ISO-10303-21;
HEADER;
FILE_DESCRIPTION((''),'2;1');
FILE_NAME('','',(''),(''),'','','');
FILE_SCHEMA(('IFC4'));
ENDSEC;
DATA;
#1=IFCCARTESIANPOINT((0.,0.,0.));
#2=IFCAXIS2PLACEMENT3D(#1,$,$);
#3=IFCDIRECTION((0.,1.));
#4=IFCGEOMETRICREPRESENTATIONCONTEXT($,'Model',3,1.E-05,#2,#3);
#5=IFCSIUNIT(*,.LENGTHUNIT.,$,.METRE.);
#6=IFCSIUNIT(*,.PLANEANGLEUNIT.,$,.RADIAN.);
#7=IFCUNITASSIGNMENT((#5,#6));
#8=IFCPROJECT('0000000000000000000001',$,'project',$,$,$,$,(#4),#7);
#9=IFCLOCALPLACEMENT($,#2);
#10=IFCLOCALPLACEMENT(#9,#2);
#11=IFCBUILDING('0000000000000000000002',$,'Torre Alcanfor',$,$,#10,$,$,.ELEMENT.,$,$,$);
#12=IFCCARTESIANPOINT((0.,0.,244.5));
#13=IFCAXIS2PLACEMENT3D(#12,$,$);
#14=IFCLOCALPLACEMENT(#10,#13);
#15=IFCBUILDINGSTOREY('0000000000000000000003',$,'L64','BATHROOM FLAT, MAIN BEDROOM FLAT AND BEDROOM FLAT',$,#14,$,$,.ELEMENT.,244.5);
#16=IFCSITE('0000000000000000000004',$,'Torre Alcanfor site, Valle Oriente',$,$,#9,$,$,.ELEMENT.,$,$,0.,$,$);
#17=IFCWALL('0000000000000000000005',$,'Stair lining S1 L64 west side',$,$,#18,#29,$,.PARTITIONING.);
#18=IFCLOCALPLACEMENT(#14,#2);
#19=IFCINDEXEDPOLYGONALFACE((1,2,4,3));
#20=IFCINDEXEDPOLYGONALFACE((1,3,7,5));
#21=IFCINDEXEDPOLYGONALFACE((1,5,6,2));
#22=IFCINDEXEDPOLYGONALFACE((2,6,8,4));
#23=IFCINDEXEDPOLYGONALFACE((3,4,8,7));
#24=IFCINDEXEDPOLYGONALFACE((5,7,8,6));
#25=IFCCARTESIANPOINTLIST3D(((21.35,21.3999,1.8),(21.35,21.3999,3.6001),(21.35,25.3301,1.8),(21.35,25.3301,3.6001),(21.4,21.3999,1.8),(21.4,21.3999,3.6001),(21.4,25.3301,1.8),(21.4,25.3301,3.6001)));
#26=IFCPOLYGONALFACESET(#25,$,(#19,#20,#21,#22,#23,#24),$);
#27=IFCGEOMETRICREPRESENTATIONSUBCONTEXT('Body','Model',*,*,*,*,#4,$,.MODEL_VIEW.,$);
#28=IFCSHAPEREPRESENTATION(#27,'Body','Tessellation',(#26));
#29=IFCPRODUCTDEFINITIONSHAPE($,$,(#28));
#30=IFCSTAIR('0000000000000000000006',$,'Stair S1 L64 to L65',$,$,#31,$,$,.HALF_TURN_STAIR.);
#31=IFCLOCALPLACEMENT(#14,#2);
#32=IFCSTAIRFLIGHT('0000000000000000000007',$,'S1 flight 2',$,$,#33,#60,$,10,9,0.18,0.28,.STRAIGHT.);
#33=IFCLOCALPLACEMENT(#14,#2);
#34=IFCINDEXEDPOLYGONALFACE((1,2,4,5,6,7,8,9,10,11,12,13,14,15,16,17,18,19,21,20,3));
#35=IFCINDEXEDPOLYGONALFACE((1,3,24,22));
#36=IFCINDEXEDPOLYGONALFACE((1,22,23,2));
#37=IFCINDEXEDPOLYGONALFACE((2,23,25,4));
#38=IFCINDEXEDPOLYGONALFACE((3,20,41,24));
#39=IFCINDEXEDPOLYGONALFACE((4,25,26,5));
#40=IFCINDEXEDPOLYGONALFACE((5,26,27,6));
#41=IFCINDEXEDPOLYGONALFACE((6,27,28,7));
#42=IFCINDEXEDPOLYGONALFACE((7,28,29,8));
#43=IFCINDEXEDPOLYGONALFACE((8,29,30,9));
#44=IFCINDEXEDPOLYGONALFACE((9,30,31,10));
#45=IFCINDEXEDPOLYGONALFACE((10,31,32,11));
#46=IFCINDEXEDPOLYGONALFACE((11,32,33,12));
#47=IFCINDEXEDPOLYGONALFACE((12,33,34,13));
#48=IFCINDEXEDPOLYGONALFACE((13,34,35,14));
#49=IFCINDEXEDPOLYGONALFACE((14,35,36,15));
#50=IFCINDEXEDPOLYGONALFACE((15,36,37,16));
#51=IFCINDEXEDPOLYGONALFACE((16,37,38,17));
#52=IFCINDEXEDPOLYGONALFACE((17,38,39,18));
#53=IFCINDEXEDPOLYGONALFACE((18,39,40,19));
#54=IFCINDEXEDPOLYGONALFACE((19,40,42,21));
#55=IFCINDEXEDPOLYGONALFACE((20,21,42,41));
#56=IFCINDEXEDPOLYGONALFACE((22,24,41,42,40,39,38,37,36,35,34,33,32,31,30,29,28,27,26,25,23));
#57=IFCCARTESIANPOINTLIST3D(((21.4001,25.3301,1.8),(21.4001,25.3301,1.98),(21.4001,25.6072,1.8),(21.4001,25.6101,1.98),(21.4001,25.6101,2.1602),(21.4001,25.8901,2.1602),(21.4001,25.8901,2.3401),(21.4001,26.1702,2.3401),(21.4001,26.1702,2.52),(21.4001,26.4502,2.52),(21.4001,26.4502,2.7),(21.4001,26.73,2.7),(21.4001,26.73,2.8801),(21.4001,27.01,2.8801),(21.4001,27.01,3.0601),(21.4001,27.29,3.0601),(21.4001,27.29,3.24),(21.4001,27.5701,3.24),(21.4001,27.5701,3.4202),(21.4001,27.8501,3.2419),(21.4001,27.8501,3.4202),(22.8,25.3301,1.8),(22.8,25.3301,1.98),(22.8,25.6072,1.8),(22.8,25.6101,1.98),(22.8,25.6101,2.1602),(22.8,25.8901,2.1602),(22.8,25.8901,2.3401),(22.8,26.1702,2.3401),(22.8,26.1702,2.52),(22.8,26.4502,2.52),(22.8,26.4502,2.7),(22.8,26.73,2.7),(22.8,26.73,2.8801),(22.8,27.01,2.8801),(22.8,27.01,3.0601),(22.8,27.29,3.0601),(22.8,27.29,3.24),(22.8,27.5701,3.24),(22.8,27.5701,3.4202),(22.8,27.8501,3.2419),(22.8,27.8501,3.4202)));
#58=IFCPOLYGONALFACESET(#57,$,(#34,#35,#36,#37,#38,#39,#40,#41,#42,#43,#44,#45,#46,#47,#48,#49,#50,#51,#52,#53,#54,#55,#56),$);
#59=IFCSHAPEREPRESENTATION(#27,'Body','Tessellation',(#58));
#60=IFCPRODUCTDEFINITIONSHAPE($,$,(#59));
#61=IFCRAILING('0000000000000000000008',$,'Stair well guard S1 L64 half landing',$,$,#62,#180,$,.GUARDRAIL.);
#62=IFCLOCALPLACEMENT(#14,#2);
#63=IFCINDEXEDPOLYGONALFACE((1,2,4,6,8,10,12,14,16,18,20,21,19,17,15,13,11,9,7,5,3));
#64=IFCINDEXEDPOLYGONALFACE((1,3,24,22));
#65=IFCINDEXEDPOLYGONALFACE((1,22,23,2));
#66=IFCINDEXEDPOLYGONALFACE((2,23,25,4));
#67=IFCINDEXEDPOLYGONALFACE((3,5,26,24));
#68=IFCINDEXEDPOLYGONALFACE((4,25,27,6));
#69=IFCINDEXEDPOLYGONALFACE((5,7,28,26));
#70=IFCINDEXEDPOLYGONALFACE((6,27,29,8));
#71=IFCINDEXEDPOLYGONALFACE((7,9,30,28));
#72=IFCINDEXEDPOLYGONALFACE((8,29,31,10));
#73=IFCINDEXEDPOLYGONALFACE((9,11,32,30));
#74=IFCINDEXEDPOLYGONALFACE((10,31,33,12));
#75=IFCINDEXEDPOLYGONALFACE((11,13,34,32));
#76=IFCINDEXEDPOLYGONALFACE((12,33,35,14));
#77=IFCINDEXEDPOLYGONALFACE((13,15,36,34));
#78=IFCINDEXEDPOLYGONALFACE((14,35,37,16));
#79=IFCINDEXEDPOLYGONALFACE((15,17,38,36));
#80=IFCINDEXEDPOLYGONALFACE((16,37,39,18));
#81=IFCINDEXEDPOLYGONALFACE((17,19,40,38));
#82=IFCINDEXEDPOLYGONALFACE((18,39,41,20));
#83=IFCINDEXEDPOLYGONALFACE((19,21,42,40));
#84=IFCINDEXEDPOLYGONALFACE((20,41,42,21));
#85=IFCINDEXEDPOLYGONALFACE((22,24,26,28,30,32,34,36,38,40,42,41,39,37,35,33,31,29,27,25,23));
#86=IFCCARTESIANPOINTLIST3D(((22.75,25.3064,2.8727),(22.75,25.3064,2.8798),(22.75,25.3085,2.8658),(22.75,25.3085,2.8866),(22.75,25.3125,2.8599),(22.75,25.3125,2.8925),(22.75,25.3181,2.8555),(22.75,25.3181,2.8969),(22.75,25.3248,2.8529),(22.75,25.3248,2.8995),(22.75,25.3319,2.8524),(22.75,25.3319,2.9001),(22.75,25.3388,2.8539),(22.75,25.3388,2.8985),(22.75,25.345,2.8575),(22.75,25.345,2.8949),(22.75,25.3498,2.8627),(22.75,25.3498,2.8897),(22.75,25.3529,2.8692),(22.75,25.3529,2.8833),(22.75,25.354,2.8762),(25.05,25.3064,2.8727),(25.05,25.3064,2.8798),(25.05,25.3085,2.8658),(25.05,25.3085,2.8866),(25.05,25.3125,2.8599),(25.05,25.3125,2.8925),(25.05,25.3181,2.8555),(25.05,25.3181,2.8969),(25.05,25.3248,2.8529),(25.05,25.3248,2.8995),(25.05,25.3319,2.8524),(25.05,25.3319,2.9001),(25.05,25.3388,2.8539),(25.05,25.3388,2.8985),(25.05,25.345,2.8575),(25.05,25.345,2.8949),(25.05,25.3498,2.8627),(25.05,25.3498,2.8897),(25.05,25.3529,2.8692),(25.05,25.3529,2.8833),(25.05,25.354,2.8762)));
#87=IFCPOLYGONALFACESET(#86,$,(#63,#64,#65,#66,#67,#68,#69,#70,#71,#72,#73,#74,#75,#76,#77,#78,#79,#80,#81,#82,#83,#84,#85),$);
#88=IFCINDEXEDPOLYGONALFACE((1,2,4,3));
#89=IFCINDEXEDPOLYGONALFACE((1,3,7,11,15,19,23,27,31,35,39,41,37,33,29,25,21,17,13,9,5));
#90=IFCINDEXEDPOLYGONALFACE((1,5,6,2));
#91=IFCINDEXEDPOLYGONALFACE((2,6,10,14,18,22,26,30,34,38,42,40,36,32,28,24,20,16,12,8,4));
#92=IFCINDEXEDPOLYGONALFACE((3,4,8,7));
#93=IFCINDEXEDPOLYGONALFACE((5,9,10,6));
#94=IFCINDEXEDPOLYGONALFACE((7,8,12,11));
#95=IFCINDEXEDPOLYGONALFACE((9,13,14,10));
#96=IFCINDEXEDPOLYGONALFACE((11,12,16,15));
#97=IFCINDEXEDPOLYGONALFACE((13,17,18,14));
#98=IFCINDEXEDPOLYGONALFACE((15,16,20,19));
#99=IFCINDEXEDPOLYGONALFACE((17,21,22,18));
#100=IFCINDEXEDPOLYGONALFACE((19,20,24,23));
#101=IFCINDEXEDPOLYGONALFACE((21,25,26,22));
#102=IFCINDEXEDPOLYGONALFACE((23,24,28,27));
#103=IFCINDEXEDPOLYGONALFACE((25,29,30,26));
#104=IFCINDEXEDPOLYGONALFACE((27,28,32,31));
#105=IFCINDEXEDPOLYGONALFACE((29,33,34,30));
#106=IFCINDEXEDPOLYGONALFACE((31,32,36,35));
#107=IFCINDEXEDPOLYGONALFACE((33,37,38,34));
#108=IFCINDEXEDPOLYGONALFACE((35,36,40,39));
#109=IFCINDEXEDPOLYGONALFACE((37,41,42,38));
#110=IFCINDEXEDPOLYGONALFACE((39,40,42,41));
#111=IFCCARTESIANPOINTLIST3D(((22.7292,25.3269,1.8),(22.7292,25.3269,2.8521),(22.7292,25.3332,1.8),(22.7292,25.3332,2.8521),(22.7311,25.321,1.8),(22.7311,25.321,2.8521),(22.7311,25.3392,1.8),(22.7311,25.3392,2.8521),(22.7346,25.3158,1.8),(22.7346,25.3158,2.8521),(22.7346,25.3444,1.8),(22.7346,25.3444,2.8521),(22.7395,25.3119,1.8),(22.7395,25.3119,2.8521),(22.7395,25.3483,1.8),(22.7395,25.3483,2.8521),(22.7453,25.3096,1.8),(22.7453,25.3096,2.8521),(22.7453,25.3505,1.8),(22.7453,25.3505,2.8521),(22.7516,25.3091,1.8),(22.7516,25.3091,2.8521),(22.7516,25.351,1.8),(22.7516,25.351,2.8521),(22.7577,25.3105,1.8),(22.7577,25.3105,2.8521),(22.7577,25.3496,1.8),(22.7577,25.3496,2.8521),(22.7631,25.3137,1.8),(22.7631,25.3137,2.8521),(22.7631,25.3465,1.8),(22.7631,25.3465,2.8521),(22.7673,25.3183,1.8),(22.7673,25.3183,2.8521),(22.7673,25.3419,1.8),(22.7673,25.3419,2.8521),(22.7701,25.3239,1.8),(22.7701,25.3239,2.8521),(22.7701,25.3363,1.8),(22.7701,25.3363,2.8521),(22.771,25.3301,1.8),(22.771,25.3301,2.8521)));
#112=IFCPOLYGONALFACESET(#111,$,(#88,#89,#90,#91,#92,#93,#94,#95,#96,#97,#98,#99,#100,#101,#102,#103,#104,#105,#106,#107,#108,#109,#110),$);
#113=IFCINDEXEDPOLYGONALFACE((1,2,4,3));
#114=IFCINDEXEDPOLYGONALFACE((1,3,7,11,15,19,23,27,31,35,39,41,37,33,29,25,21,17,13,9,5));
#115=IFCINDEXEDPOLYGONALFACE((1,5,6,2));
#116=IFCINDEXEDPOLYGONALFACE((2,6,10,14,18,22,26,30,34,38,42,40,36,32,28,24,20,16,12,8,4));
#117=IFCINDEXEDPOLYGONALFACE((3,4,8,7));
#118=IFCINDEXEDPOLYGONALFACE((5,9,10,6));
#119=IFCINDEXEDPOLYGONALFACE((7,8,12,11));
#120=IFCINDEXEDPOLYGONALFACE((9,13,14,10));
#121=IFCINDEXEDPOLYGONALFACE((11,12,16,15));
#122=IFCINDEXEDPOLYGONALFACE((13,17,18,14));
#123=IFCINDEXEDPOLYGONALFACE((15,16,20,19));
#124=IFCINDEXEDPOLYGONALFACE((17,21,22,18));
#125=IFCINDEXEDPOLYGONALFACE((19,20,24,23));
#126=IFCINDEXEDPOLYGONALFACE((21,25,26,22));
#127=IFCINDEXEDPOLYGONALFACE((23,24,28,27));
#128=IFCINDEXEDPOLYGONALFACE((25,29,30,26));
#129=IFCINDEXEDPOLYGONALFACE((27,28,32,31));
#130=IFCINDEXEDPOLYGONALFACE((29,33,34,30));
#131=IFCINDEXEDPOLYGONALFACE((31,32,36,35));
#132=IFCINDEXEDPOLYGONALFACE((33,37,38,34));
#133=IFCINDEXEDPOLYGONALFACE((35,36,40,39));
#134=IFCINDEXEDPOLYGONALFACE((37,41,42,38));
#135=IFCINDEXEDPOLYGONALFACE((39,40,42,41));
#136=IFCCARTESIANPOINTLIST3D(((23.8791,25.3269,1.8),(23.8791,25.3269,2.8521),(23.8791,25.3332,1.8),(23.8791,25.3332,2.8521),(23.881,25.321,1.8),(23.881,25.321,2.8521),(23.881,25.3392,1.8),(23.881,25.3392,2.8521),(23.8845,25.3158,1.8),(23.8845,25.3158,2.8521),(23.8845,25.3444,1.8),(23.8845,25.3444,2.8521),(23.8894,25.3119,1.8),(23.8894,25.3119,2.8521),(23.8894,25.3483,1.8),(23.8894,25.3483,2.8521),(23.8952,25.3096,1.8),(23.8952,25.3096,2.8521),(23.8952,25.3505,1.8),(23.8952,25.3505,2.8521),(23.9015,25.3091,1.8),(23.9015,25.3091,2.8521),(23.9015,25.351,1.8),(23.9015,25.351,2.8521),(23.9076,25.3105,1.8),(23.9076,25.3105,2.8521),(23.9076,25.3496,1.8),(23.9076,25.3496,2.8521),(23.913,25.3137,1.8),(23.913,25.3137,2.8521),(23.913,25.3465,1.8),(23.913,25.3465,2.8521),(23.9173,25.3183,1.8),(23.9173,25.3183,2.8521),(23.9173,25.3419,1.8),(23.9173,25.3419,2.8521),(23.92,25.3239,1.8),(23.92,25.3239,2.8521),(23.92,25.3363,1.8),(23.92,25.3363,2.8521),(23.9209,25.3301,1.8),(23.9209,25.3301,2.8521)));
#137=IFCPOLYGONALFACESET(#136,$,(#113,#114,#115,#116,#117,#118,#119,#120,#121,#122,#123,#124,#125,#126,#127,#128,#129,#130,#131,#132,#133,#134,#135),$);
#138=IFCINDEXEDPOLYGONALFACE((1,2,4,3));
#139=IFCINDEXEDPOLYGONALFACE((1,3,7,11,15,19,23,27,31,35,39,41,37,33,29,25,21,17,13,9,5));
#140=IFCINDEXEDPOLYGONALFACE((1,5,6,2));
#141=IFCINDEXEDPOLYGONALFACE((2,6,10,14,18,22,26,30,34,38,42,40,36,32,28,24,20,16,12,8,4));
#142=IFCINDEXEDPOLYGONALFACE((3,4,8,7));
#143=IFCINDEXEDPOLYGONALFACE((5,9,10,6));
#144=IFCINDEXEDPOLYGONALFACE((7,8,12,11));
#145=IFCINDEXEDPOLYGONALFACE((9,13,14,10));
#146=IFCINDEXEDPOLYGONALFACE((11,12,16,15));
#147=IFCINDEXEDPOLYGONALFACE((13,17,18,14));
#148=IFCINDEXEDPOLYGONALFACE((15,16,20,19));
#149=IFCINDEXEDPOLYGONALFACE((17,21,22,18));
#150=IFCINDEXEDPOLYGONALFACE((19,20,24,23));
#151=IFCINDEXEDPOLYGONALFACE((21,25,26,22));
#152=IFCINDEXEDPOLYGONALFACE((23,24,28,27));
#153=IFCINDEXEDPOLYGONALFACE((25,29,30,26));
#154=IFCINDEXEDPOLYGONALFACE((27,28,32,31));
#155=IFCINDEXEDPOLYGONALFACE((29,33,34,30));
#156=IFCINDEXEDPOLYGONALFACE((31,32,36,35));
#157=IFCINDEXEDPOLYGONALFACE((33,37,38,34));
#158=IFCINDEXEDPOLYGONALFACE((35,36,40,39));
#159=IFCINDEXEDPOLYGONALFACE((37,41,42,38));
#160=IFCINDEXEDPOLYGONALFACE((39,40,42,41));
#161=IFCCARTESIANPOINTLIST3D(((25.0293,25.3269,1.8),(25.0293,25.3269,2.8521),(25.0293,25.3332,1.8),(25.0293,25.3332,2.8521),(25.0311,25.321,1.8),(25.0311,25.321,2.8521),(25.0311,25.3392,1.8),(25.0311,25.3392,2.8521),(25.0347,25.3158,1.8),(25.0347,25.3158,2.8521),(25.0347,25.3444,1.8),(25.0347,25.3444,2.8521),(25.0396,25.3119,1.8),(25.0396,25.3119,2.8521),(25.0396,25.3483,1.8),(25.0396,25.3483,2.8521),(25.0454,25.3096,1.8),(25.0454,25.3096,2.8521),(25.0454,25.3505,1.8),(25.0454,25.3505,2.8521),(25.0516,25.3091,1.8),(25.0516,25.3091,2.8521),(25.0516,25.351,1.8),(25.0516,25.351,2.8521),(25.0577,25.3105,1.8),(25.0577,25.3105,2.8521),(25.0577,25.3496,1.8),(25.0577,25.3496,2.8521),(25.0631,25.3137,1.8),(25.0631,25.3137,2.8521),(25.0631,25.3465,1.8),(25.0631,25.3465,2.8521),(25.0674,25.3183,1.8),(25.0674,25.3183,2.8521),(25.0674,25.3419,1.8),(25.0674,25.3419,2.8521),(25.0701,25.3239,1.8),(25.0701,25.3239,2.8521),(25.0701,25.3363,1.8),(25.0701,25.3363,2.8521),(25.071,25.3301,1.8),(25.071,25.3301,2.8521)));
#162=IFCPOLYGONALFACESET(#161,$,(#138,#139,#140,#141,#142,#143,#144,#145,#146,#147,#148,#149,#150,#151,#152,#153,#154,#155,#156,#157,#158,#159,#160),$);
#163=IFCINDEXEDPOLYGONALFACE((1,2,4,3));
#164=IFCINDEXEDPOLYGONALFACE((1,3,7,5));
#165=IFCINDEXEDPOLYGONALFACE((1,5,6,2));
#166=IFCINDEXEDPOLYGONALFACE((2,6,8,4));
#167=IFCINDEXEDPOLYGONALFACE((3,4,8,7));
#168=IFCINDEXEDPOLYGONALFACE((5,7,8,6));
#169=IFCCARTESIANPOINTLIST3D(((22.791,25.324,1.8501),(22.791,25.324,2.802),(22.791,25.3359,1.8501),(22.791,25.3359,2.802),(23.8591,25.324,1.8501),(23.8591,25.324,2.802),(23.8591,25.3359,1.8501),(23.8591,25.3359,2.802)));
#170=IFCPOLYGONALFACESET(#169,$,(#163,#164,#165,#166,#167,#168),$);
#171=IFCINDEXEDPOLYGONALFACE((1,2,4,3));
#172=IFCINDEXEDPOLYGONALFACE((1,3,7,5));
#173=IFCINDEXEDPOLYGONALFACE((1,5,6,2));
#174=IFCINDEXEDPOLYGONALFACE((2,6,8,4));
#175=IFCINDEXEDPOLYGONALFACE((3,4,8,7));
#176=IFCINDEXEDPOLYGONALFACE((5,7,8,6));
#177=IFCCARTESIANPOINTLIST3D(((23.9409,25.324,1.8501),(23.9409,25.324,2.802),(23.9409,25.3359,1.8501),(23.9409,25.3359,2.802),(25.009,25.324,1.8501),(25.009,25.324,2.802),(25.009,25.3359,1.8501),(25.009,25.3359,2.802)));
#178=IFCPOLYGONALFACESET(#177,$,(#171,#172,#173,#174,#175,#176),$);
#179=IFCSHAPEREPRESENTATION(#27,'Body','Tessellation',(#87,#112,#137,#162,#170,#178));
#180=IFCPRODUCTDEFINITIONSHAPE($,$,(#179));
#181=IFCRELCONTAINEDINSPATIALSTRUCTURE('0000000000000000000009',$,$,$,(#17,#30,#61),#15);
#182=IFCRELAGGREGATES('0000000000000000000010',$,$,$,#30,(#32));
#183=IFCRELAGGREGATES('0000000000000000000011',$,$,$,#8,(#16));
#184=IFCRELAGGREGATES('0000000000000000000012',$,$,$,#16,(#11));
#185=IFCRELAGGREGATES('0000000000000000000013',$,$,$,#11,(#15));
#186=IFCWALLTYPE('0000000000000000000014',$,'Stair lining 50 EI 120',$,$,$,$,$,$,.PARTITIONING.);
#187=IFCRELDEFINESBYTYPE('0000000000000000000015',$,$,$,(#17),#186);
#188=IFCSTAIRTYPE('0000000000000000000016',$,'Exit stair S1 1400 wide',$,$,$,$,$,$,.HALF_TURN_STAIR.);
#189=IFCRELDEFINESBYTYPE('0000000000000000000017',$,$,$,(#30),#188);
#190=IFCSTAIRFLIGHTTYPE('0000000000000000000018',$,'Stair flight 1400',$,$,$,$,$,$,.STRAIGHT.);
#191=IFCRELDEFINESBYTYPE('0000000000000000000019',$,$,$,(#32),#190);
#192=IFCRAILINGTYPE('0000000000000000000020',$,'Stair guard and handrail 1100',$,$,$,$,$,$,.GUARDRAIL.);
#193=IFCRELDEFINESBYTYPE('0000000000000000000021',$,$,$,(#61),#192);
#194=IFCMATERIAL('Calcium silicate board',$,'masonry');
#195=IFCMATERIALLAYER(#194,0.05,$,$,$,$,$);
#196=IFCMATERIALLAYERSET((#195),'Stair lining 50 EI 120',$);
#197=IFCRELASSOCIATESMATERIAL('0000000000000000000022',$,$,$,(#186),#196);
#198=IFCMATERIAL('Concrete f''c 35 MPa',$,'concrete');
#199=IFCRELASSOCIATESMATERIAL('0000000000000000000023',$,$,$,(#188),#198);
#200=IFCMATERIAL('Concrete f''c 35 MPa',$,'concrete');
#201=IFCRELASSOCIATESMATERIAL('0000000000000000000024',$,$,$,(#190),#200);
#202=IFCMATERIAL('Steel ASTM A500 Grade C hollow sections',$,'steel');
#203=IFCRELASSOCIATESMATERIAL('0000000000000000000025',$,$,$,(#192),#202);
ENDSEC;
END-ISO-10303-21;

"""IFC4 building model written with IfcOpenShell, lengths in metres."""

from ifc_helpers import new_model, si_unit, direction, frame, frame_2d, origin, origin_2d, place, context, subcontext, project, spatial, polyline, rectangle, circle, outline, extrude, material, layer, layer_set, type_object, element, aggregate, save


model = new_model("IFC4")

# Units and contexts
model_context = context("Model", 3, precision=1e-05, world=origin(), true_north=direction((0.0, 1.0)))
body_context = subcontext(model_context, "Body", "Model", "MODEL_VIEW")
ifc_project = project(units=[si_unit("LENGTHUNIT", "METRE"), si_unit("PLANEANGLEUNIT", "RADIAN")], contexts=[model_context])

# Site, building, storey
site_placement = place(None, origin())
site = spatial("IfcSite", under=ifc_project, at=site_placement, Name="Torre Alcanfor site, Valle Oriente", CompositionType="ELEMENT", RefElevation=0.0)
building_placement = place(site_placement, origin())
building = spatial("IfcBuilding", under=site, at=building_placement, Name="Torre Alcanfor", CompositionType="ELEMENT")
storey_placement = place(building_placement, frame((0.0, 0.0, 244.5)))
storey = spatial("IfcBuildingStorey", under=building, at=storey_placement, Name="L64", Description="BATHROOM FLAT, MAIN BEDROOM FLAT AND BEDROOM FLAT", CompositionType="ELEMENT", Elevation=244.5)

# Wall
ifc_material_1 = material(Name="Calcium silicate board", Category="masonry")
ifc_layer_1 = layer(ifc_material_1, 0.05)
ifc_layer_set_1 = layer_set([ifc_layer_1], Name="Stair lining 50 EI 120")
wall_type_1 = type_object("IfcWallType", Name="Stair lining 50 EI 120", PredefinedType="PARTITIONING", material=ifc_layer_set_1)
wall_1_placement = place(storey_placement, frame((21.375, 25.3301, 1.8), z_axis=(0.0, 0.0, 1.0), x_axis=(0.0, -1.0, 0.0)))
element("IfcWall", 1, at=wall_1_placement, inside=storey, type_object=wall_type_1, Name="Stair lining S1 L64 west side", PredefinedType="PARTITIONING", context=body_context, shape_type="SweptSolid", body=[
    extrude(rectangle(XDim=3.9302, YDim=0.05, at=frame_2d((1.9651, 0.0))), origin(), (0.0, 0.0, 1.0), 1.8),
])

# Stair, stair flight
ifc_material_2 = material(Name="Concrete f'c 35 MPa", Category="concrete")
stair_type = type_object("IfcStairType", Name="Exit stair S1 1400 wide", PredefinedType="HALF_TURN_STAIR", material=ifc_material_2)
stair_placement = place(storey_placement, origin())
stair = element("IfcStair", 2, at=stair_placement, inside=storey, type_object=stair_type, Name="Stair S1 L64 to L65", PredefinedType="HALF_TURN_STAIR")
ifc_material_3 = material(Name="Concrete f'c 35 MPa", Category="concrete")
stair_flight_type = type_object("IfcStairFlightType", Name="Stair flight 1400", PredefinedType="STRAIGHT", material=ifc_material_3)
stair_flight_placement = place(storey_placement, frame((22.1001, 25.3301, 1.8), z_axis=(0.0, 0.0, 1.0), x_axis=(0.0, 1.0, 0.0)))
stair_flight = element("IfcStairFlight", 3, at=stair_flight_placement, type_object=stair_flight_type, Name="S1 flight 2", NumberOfRisers=10, NumberOfTreads=9, PredefinedType="STRAIGHT", RiserHeight=0.18, TreadLength=0.28, context=body_context, shape_type="SweptSolid", body=[
    extrude(outline(polyline([(0.0, 0.0), (0.0, 0.1799), (0.28, 0.1799), (0.28, 0.3601), (0.5601, 0.3601), (0.5601, 0.54), (0.8401, 0.54), (0.8401, 0.72), (1.1201, 0.72), (1.1201, 0.8999), (1.3999, 0.8999), (1.3999, 1.0801), (1.6799, 1.0801), (1.6799, 1.26), (1.96, 1.26), (1.96, 1.4399), (2.24, 1.4399), (2.24, 1.6201), (2.52, 1.6201), (2.52, 1.8), (2.52, 1.4419), (0.2771, 0.0), (0.0, 0.0)])), frame((0.0, 0.7, 0.0), z_axis=(0.0, -1.0, 0.0), x_axis=(1.0, 0.0, 0.0)), (0.0, 0.0, 1.0), 1.3999),
])
aggregate(stair, [stair_flight])

# Railing
ifc_material_4 = material(Name="Steel ASTM A500 Grade C hollow sections", Category="steel")
railing_type_1 = type_object("IfcRailingType", Name="Stair guard and handrail 1100", PredefinedType="GUARDRAIL", material=ifc_material_4)
railing_1_placement = place(storey_placement, frame((22.75, 25.3301, 1.8)))
element("IfcRailing", 4, at=railing_1_placement, inside=storey, type_object=railing_type_1, Name="Stair well guard S1 L64 half landing", PredefinedType="GUARDRAIL", context=body_context, shape_type="SweptSolid", body=[
    extrude(circle(Radius=0.0239, at=origin_2d()), frame((0.0, 0.0, 1.0762), z_axis=(1.0, 0.0, 0.0), x_axis=(0.0, 1.0, 0.0)), (0.0, 0.0, 1.0), 2.3),
    extrude(circle(Radius=0.021, at=origin_2d()), origin(), (0.0, 0.0, 1.0), 1.052),
    extrude(circle(Radius=0.021, at=origin_2d()), frame((1.1499, 0.0, 0.0)), (0.0, 0.0, 1.0), 1.052),
    extrude(circle(Radius=0.021, at=origin_2d()), frame((2.3, 0.0, 0.0)), (0.0, 0.0, 1.0), 1.052),
    extrude(outline(polyline([(0.041, 0.05), (1.1091, 0.05), (1.1091, 1.002), (0.041, 1.002), (0.041, 0.05)])), frame((0.0, 0.0059, 0.0), z_axis=(0.0, -1.0, 0.0), x_axis=(1.0, 0.0, 0.0)), (0.0, 0.0, 1.0), 0.012),
    extrude(outline(polyline([(1.1909, 0.05), (2.259, 0.05), (2.259, 1.002), (1.1909, 1.002), (1.1909, 0.05)])), frame((0.0, 0.0059, 0.0), z_axis=(0.0, -1.0, 0.0), x_axis=(1.0, 0.0, 0.0)), (0.0, 0.0, 1.0), 0.012),
])

save(model, "model.ifc")
